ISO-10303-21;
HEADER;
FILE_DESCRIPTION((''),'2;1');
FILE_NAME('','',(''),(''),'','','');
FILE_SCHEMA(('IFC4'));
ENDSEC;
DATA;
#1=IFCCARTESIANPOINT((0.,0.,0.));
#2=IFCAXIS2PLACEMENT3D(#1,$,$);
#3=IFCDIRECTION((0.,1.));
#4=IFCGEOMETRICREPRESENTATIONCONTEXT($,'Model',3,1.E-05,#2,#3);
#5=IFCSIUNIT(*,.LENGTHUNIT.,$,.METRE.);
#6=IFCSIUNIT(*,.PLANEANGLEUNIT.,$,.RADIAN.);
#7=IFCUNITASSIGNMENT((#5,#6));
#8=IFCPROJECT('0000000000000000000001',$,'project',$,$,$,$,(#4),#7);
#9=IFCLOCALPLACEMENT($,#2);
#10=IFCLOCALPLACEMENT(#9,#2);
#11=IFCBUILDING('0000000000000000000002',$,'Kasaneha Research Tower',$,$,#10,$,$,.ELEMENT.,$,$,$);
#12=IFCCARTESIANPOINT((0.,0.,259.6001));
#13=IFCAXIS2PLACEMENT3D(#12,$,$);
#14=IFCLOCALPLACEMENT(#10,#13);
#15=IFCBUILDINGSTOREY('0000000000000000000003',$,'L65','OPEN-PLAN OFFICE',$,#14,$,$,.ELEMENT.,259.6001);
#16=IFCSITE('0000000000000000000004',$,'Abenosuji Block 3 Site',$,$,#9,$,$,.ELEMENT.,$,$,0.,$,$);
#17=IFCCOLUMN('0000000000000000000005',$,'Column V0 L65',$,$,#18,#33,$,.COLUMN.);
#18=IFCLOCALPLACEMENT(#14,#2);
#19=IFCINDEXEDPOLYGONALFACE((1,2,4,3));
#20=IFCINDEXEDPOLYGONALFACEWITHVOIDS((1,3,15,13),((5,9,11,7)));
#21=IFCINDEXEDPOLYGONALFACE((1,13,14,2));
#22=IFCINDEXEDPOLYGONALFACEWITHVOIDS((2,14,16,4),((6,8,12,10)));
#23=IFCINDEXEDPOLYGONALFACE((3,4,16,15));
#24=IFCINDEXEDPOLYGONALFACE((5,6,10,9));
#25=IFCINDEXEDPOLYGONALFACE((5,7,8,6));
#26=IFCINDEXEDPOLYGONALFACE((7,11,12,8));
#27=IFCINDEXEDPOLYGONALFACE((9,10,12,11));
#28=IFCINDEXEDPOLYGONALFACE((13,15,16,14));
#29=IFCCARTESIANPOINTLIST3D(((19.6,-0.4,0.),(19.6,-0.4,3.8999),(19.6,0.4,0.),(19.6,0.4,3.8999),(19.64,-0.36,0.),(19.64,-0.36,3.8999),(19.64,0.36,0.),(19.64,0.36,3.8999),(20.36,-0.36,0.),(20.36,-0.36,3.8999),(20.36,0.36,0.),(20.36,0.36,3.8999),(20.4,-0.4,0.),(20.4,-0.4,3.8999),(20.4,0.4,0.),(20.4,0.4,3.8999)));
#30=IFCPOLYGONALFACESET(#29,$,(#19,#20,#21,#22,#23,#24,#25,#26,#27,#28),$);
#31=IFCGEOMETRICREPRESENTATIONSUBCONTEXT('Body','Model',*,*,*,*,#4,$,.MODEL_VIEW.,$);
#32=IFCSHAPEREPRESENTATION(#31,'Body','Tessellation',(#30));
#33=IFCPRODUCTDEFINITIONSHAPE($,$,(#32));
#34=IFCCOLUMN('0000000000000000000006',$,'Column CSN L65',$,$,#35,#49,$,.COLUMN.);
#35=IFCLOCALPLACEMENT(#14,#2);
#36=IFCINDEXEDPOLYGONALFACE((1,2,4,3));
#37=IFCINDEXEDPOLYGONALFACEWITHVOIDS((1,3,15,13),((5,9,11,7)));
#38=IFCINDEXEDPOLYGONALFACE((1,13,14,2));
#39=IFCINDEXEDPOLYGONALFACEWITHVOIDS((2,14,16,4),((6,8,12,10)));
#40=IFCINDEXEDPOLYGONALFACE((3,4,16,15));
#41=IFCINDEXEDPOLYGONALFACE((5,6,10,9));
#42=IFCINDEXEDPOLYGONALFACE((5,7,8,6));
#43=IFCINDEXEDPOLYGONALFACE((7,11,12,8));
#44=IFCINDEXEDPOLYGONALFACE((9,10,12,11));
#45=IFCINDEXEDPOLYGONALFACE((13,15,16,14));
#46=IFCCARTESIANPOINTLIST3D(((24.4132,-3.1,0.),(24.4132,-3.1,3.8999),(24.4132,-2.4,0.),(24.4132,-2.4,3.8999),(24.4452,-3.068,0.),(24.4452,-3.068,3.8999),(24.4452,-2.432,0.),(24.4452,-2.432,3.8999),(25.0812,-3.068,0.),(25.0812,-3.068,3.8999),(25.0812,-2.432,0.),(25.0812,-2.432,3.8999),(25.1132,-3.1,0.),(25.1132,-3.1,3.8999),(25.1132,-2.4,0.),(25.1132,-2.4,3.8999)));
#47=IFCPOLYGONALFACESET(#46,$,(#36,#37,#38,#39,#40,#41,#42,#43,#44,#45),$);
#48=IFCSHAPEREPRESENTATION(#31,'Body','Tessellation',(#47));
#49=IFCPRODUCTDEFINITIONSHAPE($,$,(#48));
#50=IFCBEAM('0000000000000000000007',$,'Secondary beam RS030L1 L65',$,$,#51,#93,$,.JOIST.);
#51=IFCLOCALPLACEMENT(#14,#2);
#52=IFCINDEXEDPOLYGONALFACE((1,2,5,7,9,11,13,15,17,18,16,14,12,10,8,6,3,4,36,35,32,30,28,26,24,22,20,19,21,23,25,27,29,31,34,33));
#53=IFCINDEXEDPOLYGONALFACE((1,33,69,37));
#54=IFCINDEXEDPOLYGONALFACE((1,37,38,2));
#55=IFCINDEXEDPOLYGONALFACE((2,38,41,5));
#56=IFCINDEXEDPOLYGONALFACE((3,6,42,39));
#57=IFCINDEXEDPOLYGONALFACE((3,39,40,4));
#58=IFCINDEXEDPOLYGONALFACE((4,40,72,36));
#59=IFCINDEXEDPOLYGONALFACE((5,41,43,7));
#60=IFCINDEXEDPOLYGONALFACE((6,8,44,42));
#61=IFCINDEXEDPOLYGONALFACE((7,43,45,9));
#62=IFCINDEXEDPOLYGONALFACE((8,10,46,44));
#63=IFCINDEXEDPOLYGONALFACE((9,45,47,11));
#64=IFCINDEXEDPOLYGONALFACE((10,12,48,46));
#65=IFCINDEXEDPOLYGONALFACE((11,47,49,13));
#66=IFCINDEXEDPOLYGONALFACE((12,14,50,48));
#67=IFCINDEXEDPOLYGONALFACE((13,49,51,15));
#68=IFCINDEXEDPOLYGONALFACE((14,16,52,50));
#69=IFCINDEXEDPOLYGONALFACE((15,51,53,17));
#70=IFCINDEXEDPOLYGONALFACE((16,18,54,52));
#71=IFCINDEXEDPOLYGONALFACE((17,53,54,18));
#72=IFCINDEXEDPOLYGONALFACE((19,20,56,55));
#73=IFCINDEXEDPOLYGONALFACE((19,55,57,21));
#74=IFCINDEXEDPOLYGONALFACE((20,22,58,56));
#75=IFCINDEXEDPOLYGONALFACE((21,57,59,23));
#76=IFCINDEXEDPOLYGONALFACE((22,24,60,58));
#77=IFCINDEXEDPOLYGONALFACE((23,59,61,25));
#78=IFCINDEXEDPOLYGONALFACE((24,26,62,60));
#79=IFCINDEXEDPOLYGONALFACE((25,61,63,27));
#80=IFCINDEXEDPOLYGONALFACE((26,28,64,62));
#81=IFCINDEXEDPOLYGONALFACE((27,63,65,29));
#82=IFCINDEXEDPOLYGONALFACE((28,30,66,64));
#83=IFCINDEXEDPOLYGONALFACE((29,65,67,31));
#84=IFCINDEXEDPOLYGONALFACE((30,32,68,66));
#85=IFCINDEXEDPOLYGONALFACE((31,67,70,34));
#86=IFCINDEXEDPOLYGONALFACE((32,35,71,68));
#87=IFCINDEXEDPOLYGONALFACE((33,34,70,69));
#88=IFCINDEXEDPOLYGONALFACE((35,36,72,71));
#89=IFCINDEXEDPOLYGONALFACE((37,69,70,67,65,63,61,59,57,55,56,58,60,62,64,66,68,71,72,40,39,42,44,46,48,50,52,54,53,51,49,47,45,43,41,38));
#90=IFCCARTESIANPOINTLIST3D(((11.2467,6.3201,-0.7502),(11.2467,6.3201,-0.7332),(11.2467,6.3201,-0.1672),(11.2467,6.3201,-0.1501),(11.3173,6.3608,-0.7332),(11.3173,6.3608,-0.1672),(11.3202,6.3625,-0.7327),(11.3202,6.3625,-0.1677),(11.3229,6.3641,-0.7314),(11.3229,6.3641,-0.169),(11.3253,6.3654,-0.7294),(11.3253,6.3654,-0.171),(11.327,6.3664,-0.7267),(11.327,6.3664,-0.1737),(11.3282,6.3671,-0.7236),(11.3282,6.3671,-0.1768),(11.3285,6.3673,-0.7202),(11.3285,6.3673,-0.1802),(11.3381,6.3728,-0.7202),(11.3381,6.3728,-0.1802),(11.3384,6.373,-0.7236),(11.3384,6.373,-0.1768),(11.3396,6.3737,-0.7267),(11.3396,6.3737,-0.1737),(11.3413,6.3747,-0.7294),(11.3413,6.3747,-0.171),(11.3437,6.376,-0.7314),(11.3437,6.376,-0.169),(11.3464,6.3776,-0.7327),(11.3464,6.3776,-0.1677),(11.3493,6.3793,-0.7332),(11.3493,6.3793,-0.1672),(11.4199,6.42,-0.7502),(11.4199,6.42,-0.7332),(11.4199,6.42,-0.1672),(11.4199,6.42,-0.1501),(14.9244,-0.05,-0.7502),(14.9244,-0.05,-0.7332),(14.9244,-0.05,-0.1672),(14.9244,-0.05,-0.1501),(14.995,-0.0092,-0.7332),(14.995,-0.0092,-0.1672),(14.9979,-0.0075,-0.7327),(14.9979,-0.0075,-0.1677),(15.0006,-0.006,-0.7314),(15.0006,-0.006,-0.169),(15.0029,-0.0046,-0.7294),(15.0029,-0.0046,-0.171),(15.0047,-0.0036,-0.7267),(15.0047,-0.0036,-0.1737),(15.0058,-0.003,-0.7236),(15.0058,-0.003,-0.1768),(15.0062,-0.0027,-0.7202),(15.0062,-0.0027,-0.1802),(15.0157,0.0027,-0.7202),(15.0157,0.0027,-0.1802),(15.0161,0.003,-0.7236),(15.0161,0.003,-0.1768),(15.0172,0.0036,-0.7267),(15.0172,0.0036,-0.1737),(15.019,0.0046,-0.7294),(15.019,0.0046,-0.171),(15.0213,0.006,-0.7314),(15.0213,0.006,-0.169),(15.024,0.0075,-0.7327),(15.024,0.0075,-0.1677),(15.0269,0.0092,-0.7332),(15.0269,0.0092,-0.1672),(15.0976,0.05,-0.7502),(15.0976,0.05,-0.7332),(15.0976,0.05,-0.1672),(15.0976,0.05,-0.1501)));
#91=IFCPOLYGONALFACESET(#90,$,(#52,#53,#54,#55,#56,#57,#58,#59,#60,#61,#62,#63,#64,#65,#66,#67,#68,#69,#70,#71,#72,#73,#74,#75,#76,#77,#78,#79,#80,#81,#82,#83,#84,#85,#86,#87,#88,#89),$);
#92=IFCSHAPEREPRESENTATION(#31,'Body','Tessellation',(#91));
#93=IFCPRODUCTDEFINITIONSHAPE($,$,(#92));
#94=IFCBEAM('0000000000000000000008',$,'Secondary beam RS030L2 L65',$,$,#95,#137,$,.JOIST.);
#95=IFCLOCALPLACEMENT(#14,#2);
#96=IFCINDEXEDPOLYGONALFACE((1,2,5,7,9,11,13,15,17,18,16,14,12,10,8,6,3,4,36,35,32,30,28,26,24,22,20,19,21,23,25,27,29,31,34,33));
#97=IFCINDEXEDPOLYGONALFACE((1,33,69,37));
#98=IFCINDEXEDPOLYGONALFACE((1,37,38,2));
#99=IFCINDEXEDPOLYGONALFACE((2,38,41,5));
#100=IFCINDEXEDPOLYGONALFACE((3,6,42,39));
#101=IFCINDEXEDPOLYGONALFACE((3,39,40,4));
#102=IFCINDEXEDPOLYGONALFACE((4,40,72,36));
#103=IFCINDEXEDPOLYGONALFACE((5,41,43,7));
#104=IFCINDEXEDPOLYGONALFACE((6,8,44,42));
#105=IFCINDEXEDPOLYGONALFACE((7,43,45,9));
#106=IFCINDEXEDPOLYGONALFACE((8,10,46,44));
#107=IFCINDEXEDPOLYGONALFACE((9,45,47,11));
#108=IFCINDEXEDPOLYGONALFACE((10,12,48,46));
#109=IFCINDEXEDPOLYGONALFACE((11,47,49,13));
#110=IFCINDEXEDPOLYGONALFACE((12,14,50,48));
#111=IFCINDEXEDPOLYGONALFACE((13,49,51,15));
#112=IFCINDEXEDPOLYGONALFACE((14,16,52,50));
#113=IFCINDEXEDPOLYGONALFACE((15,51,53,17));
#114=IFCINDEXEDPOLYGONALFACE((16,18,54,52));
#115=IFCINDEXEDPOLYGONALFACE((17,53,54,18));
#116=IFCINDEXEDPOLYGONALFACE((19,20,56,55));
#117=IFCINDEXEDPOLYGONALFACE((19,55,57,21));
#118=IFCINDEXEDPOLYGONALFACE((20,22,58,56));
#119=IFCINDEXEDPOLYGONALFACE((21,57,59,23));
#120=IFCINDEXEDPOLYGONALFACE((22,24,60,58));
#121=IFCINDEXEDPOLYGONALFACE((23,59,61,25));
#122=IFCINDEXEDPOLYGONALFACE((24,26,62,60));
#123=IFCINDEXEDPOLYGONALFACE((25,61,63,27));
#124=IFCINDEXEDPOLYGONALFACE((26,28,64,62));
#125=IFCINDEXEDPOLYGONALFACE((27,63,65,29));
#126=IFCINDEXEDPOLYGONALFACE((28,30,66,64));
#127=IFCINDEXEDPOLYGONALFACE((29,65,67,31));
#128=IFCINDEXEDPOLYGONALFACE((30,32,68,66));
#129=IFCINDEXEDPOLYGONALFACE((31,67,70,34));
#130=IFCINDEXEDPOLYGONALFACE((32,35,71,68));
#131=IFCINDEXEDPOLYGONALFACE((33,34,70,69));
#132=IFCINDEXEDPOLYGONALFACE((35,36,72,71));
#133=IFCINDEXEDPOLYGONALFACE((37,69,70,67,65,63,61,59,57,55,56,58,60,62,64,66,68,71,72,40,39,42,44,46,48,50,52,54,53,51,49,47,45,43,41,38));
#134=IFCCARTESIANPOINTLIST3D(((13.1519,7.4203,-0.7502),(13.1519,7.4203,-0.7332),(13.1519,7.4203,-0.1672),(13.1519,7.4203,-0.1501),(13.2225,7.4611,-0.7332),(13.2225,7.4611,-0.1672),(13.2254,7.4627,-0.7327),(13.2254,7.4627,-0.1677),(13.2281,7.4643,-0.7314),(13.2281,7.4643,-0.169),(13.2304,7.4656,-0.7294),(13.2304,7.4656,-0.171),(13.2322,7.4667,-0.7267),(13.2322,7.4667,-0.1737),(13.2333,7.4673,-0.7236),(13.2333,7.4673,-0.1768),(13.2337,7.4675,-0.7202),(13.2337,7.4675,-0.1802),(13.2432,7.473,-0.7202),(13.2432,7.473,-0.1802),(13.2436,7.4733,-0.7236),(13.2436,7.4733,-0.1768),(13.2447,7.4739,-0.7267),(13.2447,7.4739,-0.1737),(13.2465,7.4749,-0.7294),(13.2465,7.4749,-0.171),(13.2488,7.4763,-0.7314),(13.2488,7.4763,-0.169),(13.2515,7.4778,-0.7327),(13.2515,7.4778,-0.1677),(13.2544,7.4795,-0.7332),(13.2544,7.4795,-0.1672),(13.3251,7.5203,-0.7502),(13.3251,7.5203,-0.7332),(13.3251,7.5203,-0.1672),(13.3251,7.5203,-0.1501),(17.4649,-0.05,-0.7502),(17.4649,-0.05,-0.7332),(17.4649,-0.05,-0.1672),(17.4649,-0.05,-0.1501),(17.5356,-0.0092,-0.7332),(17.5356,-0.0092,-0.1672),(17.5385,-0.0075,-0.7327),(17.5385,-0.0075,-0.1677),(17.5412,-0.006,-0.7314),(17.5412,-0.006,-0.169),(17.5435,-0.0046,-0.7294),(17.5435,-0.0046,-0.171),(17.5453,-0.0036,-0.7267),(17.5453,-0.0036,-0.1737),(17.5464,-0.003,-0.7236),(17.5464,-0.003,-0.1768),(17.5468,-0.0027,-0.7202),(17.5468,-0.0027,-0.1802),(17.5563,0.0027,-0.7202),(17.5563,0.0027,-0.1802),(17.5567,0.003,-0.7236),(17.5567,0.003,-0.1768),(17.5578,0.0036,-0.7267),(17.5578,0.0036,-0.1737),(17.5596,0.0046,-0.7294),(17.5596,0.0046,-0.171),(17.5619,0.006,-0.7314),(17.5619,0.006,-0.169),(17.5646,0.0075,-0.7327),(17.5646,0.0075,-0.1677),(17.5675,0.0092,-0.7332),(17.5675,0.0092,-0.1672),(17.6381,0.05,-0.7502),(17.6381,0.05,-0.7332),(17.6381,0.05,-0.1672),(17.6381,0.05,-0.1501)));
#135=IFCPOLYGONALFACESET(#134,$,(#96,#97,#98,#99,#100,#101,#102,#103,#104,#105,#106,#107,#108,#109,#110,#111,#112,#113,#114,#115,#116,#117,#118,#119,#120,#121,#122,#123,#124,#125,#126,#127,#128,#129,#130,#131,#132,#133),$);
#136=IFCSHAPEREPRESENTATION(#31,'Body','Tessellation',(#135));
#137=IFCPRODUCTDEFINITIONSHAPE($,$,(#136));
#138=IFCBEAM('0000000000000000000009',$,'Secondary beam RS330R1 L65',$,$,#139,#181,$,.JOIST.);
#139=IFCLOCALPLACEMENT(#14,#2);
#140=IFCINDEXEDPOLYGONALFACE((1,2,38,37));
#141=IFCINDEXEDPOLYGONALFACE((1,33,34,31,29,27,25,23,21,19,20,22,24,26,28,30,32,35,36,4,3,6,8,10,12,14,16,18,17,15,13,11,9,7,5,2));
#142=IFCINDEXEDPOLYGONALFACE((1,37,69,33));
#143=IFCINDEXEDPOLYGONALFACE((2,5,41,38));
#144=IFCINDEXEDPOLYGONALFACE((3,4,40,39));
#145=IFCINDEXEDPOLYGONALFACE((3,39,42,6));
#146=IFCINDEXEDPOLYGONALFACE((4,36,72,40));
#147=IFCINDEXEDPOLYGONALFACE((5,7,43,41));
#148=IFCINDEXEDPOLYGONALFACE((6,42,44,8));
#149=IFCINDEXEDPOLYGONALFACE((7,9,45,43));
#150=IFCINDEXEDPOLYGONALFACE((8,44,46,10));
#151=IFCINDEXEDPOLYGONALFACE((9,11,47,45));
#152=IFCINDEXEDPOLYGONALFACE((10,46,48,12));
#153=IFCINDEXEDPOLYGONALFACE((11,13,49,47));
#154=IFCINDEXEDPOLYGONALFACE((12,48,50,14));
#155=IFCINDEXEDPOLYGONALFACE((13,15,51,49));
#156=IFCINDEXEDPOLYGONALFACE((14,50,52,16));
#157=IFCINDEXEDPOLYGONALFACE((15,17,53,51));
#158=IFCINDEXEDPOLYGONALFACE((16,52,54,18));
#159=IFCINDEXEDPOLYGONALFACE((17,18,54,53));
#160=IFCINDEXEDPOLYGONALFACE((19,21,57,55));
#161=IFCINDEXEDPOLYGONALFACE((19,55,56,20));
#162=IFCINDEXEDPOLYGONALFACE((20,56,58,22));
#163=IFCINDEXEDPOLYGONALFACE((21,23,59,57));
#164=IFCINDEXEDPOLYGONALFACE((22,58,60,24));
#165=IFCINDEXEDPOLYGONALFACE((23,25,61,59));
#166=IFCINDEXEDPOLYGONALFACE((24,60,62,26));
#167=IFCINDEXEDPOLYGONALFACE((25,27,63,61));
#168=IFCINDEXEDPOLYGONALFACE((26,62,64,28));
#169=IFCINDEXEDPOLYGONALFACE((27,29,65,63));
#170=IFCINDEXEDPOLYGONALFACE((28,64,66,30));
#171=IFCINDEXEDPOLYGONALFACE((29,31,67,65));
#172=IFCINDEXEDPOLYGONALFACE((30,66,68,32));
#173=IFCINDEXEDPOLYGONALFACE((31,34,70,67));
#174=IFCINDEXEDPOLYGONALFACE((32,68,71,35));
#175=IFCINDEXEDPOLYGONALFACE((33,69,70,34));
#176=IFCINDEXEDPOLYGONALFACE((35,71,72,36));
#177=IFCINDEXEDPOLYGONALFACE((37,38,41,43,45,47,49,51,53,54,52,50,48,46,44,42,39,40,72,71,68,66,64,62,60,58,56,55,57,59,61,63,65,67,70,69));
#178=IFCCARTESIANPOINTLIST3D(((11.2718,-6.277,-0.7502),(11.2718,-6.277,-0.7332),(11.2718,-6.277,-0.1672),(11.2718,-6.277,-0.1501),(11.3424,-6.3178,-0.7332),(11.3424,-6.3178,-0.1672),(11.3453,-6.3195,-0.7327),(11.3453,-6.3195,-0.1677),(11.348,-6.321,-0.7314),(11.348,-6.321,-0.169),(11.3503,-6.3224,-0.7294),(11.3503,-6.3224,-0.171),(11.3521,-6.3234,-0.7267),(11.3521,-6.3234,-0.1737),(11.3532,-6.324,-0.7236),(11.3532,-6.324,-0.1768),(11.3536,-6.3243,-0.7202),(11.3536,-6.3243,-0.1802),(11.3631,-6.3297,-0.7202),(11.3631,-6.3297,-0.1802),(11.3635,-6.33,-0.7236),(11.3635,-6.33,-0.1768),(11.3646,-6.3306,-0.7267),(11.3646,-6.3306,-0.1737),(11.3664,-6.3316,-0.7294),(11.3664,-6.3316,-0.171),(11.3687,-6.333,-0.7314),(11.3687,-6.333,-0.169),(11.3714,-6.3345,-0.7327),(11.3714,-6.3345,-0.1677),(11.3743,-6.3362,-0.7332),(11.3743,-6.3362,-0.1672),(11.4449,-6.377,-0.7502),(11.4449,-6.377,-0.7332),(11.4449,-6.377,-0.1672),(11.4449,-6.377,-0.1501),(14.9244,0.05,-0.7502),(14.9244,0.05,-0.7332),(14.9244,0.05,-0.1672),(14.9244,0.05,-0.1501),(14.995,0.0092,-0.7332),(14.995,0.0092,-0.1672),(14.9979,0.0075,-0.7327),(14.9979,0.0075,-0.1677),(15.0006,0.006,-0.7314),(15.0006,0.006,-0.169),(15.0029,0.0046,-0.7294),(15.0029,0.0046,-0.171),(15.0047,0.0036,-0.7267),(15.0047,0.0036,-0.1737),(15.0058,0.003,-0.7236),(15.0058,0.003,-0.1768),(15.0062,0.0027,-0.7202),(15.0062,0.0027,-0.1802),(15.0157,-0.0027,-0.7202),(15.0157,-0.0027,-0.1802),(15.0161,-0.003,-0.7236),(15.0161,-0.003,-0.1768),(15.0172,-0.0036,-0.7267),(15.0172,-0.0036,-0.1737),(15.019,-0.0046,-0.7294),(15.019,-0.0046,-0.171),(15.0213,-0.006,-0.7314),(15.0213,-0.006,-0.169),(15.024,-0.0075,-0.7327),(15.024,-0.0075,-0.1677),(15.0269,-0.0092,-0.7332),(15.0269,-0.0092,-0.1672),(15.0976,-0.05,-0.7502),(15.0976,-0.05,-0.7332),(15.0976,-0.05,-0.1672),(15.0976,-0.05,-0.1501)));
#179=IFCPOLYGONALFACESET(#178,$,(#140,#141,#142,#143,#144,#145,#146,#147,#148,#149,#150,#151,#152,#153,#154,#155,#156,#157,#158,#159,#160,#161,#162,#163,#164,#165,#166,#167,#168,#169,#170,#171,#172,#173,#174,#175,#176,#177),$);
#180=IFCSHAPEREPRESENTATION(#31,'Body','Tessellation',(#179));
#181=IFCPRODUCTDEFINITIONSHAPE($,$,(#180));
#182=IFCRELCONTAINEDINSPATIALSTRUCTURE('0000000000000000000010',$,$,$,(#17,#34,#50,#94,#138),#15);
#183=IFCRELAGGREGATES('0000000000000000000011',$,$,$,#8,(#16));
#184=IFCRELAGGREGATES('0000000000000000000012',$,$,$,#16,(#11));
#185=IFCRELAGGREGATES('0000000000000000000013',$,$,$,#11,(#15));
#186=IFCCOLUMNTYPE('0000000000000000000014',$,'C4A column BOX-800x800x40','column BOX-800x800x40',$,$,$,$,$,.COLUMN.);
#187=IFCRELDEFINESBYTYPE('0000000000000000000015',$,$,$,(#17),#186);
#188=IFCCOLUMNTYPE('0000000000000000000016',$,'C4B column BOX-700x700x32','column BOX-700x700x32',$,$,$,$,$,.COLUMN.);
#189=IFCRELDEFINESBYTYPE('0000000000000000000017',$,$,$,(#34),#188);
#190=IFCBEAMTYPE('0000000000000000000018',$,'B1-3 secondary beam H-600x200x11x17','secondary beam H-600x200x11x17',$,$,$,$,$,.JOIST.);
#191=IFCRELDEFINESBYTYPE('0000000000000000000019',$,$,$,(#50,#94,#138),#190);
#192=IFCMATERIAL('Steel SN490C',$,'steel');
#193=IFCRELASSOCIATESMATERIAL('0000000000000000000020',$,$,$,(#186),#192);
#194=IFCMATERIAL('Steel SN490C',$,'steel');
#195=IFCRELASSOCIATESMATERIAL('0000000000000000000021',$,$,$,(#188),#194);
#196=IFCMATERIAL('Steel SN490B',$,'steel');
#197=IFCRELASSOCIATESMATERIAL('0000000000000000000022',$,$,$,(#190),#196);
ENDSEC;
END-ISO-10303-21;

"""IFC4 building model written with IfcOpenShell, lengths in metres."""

from ifc_helpers import new_model, si_unit, direction, frame, origin, origin_2d, place, context, subcontext, project, spatial, hollow_rectangle, i_section, extrude, material, material_profile, profile_set, type_object, element, save


model = new_model("IFC4")

# Units and contexts
model_context = context("Model", 3, precision=1e-05, world=origin(), true_north=direction((0.0, 1.0)))
body_context = subcontext(model_context, "Body", "Model", "MODEL_VIEW")
ifc_project = project(units=[si_unit("LENGTHUNIT", "METRE"), si_unit("PLANEANGLEUNIT", "RADIAN")], contexts=[model_context])

# Site, building, storey
site_placement = place(None, origin())
site = spatial("IfcSite", under=ifc_project, at=site_placement, Name="Abenosuji Block 3 Site", CompositionType="ELEMENT", RefElevation=0.0)
building_placement = place(site_placement, origin())
building = spatial("IfcBuilding", under=site, at=building_placement, Name="Kasaneha Research Tower", CompositionType="ELEMENT")
storey_placement = place(building_placement, frame((0.0, 0.0, 259.6001)))
storey = spatial("IfcBuildingStorey", under=building, at=storey_placement, Name="L65", Description="OPEN-PLAN OFFICE", CompositionType="ELEMENT", Elevation=259.6001)

# Columns
ifc_material_1 = material(Name="Steel SN490C", Category="steel")
ifc_material_profile_1 = material_profile(ifc_material_1, hollow_rectangle(XDim=0.8, YDim=0.8, WallThickness=0.04, at=origin_2d()), Name="BOX-800x800x40")
ifc_profile_set_1 = profile_set([ifc_material_profile_1], Name="Steel SN490C")
column_type_1 = type_object("IfcColumnType", Name="C4A column BOX-800x800x40", Description="column BOX-800x800x40", PredefinedType="COLUMN", material=ifc_profile_set_1)
column_1_placement = place(storey_placement, frame((20.0, 0.0, 0.0), z_axis=(0.0, 0.0, 1.0), x_axis=(1.0, 0.0, 0.0)))
element("IfcColumn", 1, at=column_1_placement, inside=storey, type_object=column_type_1, Name="Column V0 L65", PredefinedType="COLUMN", context=body_context, shape_type="SweptSolid", body=[
    extrude(hollow_rectangle(XDim=0.8, YDim=0.8, WallThickness=0.04, at=origin_2d()), origin(), (0.0, 0.0, 1.0), 3.8999),
])
ifc_material_2 = material(Name="Steel SN490C", Category="steel")
ifc_material_profile_2 = material_profile(ifc_material_2, hollow_rectangle(XDim=0.7, YDim=0.7, WallThickness=0.032, at=origin_2d()), Name="BOX-700x700x32")
ifc_profile_set_2 = profile_set([ifc_material_profile_2], Name="Steel SN490C")
column_type_2 = type_object("IfcColumnType", Name="C4B column BOX-700x700x32", Description="column BOX-700x700x32", PredefinedType="COLUMN", material=ifc_profile_set_2)
column_2_placement = place(storey_placement, frame((24.7632, -2.75, 0.0), z_axis=(0.0, 0.0, 1.0), x_axis=(1.0, 0.0, 0.0)))
element("IfcColumn", 2, at=column_2_placement, inside=storey, type_object=column_type_2, Name="Column CSN L65", PredefinedType="COLUMN", context=body_context, shape_type="SweptSolid", body=[
    extrude(hollow_rectangle(XDim=0.7, YDim=0.7, WallThickness=0.032, at=origin_2d()), origin(), (0.0, 0.0, 1.0), 3.8999),
])

# Beams
ifc_material_3 = material(Name="Steel SN490B", Category="steel")
ifc_material_profile_3 = material_profile(ifc_material_3, i_section(OverallWidth=0.2, OverallDepth=0.6001, WebThickness=0.011, FlangeThickness=0.0171, FilletRadius=0.0129, at=origin_2d()), Name="H-600x200x11x17")
ifc_profile_set_3 = profile_set([ifc_material_profile_3], Name="Steel SN490B")
beam_type_1 = type_object("IfcBeamType", Name="B1-3 secondary beam H-600x200x11x17", Description="secondary beam H-600x200x11x17", PredefinedType="JOIST", material=ifc_profile_set_3)
beam_1_placement = place(storey_placement, frame((15.011, 0.0, -0.4502), z_axis=(-0.499994, 0.866029, 0.0), x_axis=(-0.866029, -0.499994, 0.0)))
element("IfcBeam", 3, at=beam_1_placement, inside=storey, type_object=beam_type_1, Name="Secondary beam RS030L1 L65", PredefinedType="JOIST", context=body_context, shape_type="SweptSolid", body=[
    extrude(i_section(OverallWidth=0.2, OverallDepth=0.6001, WebThickness=0.011, FlangeThickness=0.0171, FilletRadius=0.0129, at=origin_2d()), origin(), (0.0, 0.0, 1.0), 7.3555),
])
beam_2_placement = place(storey_placement, frame((17.5515, 0.0, -0.4502), z_axis=(-0.500005, 0.866023, 0.0), x_axis=(-0.866023, -0.500005, 0.0)))
element("IfcBeam", 4, at=beam_2_placement, inside=storey, type_object=beam_type_1, Name="Secondary beam RS030L2 L65", PredefinedType="JOIST", context=body_context, shape_type="SweptSolid", body=[
    extrude(i_section(OverallWidth=0.2, OverallDepth=0.6001, WebThickness=0.011, FlangeThickness=0.0171, FilletRadius=0.0129, at=origin_2d()), origin(), (0.0, 0.0, 1.0), 8.626),
])
beam_3_placement = place(storey_placement, frame((15.011, 0.0, -0.4502), z_axis=(-0.499974, -0.86604, 0.0), x_axis=(0.86604, -0.499974, 0.0)))
element("IfcBeam", 5, at=beam_3_placement, inside=storey, type_object=beam_type_1, Name="Secondary beam RS330R1 L65", PredefinedType="JOIST", context=body_context, shape_type="SweptSolid", body=[
    extrude(i_section(OverallWidth=0.2, OverallDepth=0.6001, WebThickness=0.011, FlangeThickness=0.0171, FilletRadius=0.0129, at=origin_2d()), origin(), (0.0, 0.0, 1.0), 7.3057),
])

save(model, "model.ifc")
